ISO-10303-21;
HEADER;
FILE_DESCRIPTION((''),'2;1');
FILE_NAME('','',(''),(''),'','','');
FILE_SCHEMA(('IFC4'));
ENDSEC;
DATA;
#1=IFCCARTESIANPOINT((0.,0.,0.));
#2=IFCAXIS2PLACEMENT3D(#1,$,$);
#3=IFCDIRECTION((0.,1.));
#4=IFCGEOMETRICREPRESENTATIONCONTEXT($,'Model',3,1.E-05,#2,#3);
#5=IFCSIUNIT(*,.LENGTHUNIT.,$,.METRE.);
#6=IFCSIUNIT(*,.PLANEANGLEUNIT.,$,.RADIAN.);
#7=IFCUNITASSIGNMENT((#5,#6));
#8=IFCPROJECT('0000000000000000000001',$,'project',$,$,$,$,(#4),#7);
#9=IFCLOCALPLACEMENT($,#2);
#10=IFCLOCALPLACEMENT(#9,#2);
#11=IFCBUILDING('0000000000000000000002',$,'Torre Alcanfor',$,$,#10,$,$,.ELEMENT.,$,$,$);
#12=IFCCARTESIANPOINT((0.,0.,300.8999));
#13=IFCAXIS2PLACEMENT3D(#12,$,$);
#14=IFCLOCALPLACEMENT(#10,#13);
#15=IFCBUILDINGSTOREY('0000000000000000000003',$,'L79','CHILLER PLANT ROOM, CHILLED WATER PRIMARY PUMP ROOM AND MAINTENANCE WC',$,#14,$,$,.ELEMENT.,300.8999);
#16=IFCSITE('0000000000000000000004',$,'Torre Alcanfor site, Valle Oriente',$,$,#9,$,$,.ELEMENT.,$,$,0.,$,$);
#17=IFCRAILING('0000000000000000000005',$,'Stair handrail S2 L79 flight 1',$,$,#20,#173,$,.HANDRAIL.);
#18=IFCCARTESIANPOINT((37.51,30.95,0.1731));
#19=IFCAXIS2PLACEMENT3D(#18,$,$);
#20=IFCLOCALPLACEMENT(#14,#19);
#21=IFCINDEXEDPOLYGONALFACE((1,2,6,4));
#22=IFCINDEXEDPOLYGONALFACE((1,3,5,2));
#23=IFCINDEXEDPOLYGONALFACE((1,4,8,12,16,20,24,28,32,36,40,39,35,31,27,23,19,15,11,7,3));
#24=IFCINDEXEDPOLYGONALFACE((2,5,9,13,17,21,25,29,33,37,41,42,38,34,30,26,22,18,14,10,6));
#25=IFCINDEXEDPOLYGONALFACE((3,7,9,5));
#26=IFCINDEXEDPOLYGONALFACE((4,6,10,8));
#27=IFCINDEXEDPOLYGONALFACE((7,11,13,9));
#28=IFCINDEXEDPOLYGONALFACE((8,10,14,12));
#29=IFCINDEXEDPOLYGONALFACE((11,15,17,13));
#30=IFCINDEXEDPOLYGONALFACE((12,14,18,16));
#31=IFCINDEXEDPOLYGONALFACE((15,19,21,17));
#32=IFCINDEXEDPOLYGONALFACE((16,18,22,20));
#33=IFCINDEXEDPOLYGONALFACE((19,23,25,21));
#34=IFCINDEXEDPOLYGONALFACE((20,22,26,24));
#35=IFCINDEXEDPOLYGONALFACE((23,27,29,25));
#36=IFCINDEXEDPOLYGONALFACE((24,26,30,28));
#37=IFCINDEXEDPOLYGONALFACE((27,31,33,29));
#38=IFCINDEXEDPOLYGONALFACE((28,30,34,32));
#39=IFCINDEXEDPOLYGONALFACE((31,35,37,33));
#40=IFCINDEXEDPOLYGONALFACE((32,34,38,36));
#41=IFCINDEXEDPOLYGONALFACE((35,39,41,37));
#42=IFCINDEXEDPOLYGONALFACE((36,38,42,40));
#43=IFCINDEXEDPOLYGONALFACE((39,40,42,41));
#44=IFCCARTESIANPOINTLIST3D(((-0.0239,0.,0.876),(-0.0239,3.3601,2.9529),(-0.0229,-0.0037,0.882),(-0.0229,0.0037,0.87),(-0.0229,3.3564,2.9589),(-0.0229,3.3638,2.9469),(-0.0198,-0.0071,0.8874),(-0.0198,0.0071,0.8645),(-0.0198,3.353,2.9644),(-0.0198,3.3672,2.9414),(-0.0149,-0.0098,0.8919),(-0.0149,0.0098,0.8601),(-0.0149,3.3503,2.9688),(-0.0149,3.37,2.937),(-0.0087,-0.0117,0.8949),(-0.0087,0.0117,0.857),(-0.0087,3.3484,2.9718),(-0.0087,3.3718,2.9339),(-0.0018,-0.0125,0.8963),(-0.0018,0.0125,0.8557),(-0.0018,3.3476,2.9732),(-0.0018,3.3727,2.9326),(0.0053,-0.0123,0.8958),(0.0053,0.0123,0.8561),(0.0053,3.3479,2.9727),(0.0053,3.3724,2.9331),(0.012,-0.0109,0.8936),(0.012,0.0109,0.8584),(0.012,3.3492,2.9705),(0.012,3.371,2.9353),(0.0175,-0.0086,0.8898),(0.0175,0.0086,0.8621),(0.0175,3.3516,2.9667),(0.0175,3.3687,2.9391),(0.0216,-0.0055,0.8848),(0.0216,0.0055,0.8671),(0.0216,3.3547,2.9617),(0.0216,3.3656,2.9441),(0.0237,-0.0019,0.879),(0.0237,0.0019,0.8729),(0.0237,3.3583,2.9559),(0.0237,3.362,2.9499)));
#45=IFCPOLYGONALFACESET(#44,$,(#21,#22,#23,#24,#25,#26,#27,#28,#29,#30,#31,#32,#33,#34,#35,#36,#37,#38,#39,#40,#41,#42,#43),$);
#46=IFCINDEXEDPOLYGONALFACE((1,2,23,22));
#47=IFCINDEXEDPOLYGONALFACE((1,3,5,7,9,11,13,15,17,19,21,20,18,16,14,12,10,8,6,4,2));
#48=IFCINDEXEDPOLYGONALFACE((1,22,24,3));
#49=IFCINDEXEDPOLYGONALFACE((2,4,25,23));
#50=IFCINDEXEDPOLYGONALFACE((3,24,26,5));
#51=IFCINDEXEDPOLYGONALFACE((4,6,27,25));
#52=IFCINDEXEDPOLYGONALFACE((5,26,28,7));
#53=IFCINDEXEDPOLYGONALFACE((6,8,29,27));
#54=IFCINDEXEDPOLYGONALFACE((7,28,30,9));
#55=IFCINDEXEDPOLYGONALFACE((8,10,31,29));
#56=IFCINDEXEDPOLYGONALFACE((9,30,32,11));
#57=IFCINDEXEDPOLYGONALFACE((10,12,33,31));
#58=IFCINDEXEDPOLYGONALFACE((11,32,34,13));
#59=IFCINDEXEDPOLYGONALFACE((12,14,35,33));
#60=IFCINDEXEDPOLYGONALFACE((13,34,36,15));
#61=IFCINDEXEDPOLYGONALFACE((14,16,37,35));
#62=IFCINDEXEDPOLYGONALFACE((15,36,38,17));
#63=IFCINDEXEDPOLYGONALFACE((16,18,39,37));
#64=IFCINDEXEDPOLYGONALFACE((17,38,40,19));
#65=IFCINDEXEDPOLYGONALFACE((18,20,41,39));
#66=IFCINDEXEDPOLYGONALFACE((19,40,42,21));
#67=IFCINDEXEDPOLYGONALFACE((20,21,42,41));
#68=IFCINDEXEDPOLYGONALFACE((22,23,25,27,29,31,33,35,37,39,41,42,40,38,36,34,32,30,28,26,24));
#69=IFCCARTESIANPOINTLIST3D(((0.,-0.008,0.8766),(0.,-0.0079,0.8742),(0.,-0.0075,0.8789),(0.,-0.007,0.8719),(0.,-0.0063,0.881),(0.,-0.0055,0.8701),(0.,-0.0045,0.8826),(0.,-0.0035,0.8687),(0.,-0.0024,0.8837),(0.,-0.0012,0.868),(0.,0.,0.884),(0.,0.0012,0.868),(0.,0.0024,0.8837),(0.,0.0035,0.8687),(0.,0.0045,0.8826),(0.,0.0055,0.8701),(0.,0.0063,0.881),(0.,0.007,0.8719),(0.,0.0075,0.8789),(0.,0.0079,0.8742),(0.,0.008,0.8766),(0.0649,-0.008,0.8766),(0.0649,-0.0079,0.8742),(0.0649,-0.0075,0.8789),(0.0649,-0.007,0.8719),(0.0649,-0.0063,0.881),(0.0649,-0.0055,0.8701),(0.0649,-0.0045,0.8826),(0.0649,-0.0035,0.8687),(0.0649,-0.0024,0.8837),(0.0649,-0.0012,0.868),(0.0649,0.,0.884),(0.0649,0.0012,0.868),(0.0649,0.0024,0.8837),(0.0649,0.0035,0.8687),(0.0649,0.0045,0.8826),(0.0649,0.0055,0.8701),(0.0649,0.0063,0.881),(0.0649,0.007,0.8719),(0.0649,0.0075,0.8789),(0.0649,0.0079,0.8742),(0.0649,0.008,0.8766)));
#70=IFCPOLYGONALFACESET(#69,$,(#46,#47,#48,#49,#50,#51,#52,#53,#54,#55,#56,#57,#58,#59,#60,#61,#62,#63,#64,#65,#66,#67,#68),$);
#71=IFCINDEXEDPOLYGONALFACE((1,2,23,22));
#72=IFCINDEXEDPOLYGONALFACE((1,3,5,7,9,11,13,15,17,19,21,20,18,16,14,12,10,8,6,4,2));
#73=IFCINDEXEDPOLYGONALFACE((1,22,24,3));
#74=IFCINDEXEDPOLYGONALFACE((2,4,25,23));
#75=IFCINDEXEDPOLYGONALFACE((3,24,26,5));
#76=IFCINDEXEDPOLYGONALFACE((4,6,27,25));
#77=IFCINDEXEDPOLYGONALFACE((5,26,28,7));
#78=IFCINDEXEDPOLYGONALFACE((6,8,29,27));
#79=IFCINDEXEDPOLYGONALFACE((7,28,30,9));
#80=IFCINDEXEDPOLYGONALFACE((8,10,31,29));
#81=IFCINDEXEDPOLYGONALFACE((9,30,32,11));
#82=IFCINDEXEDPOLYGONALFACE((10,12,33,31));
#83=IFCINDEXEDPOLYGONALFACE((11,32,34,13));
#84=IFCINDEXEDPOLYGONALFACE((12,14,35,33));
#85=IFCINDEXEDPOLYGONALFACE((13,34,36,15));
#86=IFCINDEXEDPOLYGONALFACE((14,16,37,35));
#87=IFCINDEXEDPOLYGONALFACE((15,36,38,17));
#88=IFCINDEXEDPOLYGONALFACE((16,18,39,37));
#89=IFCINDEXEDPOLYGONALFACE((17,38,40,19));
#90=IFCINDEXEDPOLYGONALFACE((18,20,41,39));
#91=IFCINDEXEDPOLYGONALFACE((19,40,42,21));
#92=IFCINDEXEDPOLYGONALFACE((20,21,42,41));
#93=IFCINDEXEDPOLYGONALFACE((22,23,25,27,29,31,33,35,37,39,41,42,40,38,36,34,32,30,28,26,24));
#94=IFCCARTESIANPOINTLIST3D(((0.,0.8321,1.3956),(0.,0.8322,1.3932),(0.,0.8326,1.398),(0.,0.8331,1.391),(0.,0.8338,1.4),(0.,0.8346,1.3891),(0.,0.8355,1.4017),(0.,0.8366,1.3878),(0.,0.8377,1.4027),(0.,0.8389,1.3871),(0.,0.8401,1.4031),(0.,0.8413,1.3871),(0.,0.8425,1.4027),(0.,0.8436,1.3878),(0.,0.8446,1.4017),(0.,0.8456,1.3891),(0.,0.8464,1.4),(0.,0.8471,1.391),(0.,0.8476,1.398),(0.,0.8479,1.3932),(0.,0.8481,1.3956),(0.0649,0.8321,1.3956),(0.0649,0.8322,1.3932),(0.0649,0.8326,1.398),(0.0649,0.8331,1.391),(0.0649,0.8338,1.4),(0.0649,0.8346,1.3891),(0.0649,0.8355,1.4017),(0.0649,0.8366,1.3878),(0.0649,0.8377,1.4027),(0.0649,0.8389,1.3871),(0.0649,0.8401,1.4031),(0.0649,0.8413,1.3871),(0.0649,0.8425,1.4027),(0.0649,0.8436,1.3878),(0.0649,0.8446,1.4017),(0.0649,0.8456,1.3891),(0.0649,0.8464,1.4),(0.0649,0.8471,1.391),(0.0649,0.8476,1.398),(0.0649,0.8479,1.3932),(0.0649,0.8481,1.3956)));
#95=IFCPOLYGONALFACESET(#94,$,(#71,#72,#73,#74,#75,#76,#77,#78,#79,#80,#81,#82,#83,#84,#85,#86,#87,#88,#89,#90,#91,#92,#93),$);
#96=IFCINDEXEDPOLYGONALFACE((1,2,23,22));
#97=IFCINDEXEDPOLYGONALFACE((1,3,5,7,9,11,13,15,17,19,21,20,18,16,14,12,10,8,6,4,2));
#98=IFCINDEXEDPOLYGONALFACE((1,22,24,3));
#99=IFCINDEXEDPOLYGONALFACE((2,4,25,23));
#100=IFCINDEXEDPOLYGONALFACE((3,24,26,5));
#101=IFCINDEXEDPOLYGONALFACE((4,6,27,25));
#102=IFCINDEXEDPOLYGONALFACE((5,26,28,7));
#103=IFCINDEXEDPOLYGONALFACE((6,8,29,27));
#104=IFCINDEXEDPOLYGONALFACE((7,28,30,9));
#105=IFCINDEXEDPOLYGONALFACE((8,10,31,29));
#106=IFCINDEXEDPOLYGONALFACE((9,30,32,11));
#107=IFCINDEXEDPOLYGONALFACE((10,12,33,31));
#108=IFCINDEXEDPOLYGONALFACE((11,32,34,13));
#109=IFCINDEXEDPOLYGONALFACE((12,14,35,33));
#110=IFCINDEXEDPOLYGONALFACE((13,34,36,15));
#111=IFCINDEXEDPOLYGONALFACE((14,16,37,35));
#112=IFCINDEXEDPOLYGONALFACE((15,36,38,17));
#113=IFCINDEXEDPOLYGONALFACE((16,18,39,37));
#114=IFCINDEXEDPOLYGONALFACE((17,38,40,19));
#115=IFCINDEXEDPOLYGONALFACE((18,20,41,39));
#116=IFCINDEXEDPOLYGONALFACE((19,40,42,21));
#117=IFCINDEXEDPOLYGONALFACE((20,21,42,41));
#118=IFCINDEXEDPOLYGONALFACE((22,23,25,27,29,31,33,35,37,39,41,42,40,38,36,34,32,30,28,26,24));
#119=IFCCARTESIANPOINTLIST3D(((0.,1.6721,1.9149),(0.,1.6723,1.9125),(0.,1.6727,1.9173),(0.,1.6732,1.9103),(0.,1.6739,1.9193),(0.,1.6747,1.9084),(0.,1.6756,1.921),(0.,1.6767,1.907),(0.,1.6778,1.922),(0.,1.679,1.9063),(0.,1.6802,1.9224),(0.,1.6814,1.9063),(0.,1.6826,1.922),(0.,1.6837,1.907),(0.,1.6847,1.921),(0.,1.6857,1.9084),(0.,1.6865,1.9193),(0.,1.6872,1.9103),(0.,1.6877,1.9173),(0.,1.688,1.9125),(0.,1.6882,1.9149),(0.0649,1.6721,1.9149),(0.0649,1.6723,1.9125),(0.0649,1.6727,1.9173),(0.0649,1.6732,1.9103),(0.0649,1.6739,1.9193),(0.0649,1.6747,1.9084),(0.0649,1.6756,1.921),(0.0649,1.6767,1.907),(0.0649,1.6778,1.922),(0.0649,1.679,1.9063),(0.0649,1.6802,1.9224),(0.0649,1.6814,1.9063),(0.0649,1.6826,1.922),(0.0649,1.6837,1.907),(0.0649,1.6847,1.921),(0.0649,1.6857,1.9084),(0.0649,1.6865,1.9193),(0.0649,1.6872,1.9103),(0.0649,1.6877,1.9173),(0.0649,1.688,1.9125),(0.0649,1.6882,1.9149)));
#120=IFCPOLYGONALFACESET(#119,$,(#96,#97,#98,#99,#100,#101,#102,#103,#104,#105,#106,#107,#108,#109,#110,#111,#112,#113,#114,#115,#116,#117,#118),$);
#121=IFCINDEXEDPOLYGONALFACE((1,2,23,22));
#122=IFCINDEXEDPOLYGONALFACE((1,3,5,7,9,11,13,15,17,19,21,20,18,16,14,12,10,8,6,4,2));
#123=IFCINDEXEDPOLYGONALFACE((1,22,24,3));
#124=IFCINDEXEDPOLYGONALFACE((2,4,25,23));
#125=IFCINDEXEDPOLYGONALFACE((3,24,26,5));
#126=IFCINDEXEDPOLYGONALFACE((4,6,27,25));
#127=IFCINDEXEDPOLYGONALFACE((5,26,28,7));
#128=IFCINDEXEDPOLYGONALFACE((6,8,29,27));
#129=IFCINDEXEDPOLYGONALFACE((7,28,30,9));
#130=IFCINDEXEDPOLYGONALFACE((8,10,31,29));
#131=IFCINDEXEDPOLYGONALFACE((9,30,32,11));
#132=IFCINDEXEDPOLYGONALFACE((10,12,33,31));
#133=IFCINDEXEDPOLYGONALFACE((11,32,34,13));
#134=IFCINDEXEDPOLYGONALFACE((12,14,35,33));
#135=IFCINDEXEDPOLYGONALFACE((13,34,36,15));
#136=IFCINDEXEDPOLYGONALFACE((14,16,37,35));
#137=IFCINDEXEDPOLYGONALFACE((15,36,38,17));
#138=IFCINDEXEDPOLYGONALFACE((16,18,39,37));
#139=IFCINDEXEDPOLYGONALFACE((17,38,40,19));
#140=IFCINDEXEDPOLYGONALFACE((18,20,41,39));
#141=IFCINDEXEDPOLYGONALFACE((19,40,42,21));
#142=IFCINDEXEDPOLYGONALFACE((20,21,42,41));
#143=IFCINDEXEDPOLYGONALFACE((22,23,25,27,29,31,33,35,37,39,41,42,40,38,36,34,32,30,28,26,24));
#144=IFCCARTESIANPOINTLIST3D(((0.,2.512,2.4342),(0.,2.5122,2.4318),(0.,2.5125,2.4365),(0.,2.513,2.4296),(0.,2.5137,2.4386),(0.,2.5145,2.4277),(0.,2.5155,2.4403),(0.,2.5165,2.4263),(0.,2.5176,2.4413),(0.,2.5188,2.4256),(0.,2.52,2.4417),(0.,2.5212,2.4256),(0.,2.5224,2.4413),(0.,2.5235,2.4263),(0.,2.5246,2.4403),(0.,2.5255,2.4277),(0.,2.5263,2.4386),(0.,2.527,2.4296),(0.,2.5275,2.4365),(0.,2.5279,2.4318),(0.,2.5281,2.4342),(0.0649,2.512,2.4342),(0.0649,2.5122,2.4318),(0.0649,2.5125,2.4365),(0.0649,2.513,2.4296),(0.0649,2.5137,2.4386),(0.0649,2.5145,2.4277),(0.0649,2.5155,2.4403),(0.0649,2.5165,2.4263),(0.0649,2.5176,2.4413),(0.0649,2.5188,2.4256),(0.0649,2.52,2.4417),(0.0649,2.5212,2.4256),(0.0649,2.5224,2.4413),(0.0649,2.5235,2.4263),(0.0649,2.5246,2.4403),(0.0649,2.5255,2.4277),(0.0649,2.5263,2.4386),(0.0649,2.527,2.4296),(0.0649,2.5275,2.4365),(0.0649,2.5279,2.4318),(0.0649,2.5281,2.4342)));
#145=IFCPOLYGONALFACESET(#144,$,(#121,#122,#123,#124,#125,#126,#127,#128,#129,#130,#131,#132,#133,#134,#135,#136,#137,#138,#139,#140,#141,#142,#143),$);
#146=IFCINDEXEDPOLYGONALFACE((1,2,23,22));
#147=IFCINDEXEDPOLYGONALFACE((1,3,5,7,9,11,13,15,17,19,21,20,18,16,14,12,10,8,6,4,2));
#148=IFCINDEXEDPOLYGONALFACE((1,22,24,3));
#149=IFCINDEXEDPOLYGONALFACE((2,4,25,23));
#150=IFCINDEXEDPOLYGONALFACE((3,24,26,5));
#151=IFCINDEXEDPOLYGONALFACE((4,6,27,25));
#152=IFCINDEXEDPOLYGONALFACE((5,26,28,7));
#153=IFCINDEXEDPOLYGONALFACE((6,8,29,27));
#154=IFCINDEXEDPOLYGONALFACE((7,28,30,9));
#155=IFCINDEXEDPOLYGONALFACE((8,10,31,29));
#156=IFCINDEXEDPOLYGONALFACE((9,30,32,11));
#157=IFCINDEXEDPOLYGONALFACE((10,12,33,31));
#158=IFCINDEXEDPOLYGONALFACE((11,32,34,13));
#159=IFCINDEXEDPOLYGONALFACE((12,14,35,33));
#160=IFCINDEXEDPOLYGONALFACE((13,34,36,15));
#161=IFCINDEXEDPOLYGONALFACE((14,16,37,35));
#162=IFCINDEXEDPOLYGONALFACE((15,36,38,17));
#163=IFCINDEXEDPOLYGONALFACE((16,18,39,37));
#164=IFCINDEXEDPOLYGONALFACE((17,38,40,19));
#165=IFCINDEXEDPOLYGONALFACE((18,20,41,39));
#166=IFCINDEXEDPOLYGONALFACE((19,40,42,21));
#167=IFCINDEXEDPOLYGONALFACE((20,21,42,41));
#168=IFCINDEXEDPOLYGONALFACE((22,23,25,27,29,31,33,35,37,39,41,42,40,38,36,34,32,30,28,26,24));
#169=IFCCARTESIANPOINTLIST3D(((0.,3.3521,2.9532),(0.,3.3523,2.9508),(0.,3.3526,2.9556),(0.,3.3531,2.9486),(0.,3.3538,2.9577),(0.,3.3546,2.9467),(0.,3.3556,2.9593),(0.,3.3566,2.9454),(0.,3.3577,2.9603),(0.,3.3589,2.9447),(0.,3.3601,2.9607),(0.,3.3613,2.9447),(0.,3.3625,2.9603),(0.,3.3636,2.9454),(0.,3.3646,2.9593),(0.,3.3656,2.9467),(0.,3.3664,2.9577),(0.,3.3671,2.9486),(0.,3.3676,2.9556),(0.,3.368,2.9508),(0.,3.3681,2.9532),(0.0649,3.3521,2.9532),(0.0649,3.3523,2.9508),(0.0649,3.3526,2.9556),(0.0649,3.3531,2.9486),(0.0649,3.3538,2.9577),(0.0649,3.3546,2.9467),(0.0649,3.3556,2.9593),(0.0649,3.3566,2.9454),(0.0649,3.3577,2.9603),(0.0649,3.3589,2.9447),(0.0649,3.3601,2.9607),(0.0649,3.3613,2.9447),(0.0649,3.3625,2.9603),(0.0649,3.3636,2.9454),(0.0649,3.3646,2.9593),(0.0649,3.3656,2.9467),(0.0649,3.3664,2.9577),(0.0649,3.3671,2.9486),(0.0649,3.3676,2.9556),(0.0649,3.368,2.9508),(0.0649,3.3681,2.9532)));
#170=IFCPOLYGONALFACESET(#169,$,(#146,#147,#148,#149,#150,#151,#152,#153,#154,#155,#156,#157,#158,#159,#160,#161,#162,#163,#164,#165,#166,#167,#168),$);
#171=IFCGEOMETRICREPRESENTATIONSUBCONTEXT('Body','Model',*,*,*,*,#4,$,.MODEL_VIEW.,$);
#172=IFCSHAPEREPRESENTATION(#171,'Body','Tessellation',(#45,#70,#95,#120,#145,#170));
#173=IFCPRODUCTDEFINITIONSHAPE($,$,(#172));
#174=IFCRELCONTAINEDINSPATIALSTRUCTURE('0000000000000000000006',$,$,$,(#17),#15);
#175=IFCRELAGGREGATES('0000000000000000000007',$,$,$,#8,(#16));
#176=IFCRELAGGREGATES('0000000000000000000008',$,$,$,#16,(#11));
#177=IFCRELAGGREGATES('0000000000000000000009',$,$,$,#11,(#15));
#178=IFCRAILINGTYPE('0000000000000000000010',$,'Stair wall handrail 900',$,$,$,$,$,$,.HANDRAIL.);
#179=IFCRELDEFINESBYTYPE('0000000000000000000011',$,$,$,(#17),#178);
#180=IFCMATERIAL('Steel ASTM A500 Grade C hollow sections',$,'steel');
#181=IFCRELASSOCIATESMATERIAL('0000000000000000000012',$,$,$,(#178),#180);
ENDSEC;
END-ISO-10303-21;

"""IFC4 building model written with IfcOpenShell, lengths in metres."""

from ifc_helpers import new_model, si_unit, direction, frame, origin, origin_2d, place, context, subcontext, project, spatial, circle, extrude, material, type_object, element, save


model = new_model("IFC4")

# Units and contexts
model_context = context("Model", 3, precision=1e-05, world=origin(), true_north=direction((0.0, 1.0)))
body_context = subcontext(model_context, "Body", "Model", "MODEL_VIEW")
ifc_project = project(units=[si_unit("LENGTHUNIT", "METRE"), si_unit("PLANEANGLEUNIT", "RADIAN")], contexts=[model_context])

# Site, building, storey
site_placement = place(None, origin())
site = spatial("IfcSite", under=ifc_project, at=site_placement, Name="Torre Alcanfor site, Valle Oriente", CompositionType="ELEMENT", RefElevation=0.0)
building_placement = place(site_placement, origin())
building = spatial("IfcBuilding", under=site, at=building_placement, Name="Torre Alcanfor", CompositionType="ELEMENT")
storey_placement = place(building_placement, frame((0.0, 0.0, 300.8999)))
storey = spatial("IfcBuildingStorey", under=building, at=storey_placement, Name="L79", Description="CHILLER PLANT ROOM, CHILLED WATER PRIMARY PUMP ROOM AND MAINTENANCE WC", CompositionType="ELEMENT", Elevation=300.8999)

# Railing
ifc_material_1 = material(Name="Steel ASTM A500 Grade C hollow sections", Category="steel")
railing_type_1 = type_object("IfcRailingType", Name="Stair wall handrail 900", PredefinedType="HANDRAIL", material=ifc_material_1)
railing_1_placement = place(storey_placement, frame((37.51, 30.95, 0.1731)))
element("IfcRailing", 1, at=railing_1_placement, inside=storey, type_object=railing_type_1, Name="Stair handrail S2 L79 flight 1", PredefinedType="HANDRAIL", context=body_context, shape_type="SweptSolid", body=[
    extrude(circle(Radius=0.0239, at=origin_2d()), frame((0.0, 0.0, 0.876), z_axis=(0.0, 0.850623, 0.525776), x_axis=(-1.0, 0.0, 0.0)), (0.0, 0.0, 1.0), 3.9502),
    extrude(circle(Radius=0.0081, at=origin_2d()), frame((0.0, 0.0, 0.876), z_axis=(1.0, 0.0, 0.0), x_axis=(0.0, 0.0, 1.0)), (0.0, 0.0, 1.0), 0.0649),
    extrude(circle(Radius=0.0081, at=origin_2d()), frame((0.0, 0.8401, 1.395), z_axis=(1.0, 0.0, 0.0), x_axis=(0.0, 0.0, 1.0)), (0.0, 0.0, 1.0), 0.0649),
    extrude(circle(Radius=0.0081, at=origin_2d()), frame((0.0, 1.6802, 1.9143), z_axis=(1.0, 0.0, 0.0), x_axis=(0.0, 0.0, 1.0)), (0.0, 0.0, 1.0), 0.0649),
    extrude(circle(Radius=0.0081, at=origin_2d()), frame((0.0, 2.52, 2.4336), z_axis=(1.0, 0.0, 0.0), x_axis=(0.0, 0.0, 1.0)), (0.0, 0.0, 1.0), 0.0649),
    extrude(circle(Radius=0.0081, at=origin_2d()), frame((0.0, 3.3601, 2.9526), z_axis=(1.0, 0.0, 0.0), x_axis=(0.0, 0.0, 1.0)), (0.0, 0.0, 1.0), 0.0649),
])

save(model, "model.ifc")
